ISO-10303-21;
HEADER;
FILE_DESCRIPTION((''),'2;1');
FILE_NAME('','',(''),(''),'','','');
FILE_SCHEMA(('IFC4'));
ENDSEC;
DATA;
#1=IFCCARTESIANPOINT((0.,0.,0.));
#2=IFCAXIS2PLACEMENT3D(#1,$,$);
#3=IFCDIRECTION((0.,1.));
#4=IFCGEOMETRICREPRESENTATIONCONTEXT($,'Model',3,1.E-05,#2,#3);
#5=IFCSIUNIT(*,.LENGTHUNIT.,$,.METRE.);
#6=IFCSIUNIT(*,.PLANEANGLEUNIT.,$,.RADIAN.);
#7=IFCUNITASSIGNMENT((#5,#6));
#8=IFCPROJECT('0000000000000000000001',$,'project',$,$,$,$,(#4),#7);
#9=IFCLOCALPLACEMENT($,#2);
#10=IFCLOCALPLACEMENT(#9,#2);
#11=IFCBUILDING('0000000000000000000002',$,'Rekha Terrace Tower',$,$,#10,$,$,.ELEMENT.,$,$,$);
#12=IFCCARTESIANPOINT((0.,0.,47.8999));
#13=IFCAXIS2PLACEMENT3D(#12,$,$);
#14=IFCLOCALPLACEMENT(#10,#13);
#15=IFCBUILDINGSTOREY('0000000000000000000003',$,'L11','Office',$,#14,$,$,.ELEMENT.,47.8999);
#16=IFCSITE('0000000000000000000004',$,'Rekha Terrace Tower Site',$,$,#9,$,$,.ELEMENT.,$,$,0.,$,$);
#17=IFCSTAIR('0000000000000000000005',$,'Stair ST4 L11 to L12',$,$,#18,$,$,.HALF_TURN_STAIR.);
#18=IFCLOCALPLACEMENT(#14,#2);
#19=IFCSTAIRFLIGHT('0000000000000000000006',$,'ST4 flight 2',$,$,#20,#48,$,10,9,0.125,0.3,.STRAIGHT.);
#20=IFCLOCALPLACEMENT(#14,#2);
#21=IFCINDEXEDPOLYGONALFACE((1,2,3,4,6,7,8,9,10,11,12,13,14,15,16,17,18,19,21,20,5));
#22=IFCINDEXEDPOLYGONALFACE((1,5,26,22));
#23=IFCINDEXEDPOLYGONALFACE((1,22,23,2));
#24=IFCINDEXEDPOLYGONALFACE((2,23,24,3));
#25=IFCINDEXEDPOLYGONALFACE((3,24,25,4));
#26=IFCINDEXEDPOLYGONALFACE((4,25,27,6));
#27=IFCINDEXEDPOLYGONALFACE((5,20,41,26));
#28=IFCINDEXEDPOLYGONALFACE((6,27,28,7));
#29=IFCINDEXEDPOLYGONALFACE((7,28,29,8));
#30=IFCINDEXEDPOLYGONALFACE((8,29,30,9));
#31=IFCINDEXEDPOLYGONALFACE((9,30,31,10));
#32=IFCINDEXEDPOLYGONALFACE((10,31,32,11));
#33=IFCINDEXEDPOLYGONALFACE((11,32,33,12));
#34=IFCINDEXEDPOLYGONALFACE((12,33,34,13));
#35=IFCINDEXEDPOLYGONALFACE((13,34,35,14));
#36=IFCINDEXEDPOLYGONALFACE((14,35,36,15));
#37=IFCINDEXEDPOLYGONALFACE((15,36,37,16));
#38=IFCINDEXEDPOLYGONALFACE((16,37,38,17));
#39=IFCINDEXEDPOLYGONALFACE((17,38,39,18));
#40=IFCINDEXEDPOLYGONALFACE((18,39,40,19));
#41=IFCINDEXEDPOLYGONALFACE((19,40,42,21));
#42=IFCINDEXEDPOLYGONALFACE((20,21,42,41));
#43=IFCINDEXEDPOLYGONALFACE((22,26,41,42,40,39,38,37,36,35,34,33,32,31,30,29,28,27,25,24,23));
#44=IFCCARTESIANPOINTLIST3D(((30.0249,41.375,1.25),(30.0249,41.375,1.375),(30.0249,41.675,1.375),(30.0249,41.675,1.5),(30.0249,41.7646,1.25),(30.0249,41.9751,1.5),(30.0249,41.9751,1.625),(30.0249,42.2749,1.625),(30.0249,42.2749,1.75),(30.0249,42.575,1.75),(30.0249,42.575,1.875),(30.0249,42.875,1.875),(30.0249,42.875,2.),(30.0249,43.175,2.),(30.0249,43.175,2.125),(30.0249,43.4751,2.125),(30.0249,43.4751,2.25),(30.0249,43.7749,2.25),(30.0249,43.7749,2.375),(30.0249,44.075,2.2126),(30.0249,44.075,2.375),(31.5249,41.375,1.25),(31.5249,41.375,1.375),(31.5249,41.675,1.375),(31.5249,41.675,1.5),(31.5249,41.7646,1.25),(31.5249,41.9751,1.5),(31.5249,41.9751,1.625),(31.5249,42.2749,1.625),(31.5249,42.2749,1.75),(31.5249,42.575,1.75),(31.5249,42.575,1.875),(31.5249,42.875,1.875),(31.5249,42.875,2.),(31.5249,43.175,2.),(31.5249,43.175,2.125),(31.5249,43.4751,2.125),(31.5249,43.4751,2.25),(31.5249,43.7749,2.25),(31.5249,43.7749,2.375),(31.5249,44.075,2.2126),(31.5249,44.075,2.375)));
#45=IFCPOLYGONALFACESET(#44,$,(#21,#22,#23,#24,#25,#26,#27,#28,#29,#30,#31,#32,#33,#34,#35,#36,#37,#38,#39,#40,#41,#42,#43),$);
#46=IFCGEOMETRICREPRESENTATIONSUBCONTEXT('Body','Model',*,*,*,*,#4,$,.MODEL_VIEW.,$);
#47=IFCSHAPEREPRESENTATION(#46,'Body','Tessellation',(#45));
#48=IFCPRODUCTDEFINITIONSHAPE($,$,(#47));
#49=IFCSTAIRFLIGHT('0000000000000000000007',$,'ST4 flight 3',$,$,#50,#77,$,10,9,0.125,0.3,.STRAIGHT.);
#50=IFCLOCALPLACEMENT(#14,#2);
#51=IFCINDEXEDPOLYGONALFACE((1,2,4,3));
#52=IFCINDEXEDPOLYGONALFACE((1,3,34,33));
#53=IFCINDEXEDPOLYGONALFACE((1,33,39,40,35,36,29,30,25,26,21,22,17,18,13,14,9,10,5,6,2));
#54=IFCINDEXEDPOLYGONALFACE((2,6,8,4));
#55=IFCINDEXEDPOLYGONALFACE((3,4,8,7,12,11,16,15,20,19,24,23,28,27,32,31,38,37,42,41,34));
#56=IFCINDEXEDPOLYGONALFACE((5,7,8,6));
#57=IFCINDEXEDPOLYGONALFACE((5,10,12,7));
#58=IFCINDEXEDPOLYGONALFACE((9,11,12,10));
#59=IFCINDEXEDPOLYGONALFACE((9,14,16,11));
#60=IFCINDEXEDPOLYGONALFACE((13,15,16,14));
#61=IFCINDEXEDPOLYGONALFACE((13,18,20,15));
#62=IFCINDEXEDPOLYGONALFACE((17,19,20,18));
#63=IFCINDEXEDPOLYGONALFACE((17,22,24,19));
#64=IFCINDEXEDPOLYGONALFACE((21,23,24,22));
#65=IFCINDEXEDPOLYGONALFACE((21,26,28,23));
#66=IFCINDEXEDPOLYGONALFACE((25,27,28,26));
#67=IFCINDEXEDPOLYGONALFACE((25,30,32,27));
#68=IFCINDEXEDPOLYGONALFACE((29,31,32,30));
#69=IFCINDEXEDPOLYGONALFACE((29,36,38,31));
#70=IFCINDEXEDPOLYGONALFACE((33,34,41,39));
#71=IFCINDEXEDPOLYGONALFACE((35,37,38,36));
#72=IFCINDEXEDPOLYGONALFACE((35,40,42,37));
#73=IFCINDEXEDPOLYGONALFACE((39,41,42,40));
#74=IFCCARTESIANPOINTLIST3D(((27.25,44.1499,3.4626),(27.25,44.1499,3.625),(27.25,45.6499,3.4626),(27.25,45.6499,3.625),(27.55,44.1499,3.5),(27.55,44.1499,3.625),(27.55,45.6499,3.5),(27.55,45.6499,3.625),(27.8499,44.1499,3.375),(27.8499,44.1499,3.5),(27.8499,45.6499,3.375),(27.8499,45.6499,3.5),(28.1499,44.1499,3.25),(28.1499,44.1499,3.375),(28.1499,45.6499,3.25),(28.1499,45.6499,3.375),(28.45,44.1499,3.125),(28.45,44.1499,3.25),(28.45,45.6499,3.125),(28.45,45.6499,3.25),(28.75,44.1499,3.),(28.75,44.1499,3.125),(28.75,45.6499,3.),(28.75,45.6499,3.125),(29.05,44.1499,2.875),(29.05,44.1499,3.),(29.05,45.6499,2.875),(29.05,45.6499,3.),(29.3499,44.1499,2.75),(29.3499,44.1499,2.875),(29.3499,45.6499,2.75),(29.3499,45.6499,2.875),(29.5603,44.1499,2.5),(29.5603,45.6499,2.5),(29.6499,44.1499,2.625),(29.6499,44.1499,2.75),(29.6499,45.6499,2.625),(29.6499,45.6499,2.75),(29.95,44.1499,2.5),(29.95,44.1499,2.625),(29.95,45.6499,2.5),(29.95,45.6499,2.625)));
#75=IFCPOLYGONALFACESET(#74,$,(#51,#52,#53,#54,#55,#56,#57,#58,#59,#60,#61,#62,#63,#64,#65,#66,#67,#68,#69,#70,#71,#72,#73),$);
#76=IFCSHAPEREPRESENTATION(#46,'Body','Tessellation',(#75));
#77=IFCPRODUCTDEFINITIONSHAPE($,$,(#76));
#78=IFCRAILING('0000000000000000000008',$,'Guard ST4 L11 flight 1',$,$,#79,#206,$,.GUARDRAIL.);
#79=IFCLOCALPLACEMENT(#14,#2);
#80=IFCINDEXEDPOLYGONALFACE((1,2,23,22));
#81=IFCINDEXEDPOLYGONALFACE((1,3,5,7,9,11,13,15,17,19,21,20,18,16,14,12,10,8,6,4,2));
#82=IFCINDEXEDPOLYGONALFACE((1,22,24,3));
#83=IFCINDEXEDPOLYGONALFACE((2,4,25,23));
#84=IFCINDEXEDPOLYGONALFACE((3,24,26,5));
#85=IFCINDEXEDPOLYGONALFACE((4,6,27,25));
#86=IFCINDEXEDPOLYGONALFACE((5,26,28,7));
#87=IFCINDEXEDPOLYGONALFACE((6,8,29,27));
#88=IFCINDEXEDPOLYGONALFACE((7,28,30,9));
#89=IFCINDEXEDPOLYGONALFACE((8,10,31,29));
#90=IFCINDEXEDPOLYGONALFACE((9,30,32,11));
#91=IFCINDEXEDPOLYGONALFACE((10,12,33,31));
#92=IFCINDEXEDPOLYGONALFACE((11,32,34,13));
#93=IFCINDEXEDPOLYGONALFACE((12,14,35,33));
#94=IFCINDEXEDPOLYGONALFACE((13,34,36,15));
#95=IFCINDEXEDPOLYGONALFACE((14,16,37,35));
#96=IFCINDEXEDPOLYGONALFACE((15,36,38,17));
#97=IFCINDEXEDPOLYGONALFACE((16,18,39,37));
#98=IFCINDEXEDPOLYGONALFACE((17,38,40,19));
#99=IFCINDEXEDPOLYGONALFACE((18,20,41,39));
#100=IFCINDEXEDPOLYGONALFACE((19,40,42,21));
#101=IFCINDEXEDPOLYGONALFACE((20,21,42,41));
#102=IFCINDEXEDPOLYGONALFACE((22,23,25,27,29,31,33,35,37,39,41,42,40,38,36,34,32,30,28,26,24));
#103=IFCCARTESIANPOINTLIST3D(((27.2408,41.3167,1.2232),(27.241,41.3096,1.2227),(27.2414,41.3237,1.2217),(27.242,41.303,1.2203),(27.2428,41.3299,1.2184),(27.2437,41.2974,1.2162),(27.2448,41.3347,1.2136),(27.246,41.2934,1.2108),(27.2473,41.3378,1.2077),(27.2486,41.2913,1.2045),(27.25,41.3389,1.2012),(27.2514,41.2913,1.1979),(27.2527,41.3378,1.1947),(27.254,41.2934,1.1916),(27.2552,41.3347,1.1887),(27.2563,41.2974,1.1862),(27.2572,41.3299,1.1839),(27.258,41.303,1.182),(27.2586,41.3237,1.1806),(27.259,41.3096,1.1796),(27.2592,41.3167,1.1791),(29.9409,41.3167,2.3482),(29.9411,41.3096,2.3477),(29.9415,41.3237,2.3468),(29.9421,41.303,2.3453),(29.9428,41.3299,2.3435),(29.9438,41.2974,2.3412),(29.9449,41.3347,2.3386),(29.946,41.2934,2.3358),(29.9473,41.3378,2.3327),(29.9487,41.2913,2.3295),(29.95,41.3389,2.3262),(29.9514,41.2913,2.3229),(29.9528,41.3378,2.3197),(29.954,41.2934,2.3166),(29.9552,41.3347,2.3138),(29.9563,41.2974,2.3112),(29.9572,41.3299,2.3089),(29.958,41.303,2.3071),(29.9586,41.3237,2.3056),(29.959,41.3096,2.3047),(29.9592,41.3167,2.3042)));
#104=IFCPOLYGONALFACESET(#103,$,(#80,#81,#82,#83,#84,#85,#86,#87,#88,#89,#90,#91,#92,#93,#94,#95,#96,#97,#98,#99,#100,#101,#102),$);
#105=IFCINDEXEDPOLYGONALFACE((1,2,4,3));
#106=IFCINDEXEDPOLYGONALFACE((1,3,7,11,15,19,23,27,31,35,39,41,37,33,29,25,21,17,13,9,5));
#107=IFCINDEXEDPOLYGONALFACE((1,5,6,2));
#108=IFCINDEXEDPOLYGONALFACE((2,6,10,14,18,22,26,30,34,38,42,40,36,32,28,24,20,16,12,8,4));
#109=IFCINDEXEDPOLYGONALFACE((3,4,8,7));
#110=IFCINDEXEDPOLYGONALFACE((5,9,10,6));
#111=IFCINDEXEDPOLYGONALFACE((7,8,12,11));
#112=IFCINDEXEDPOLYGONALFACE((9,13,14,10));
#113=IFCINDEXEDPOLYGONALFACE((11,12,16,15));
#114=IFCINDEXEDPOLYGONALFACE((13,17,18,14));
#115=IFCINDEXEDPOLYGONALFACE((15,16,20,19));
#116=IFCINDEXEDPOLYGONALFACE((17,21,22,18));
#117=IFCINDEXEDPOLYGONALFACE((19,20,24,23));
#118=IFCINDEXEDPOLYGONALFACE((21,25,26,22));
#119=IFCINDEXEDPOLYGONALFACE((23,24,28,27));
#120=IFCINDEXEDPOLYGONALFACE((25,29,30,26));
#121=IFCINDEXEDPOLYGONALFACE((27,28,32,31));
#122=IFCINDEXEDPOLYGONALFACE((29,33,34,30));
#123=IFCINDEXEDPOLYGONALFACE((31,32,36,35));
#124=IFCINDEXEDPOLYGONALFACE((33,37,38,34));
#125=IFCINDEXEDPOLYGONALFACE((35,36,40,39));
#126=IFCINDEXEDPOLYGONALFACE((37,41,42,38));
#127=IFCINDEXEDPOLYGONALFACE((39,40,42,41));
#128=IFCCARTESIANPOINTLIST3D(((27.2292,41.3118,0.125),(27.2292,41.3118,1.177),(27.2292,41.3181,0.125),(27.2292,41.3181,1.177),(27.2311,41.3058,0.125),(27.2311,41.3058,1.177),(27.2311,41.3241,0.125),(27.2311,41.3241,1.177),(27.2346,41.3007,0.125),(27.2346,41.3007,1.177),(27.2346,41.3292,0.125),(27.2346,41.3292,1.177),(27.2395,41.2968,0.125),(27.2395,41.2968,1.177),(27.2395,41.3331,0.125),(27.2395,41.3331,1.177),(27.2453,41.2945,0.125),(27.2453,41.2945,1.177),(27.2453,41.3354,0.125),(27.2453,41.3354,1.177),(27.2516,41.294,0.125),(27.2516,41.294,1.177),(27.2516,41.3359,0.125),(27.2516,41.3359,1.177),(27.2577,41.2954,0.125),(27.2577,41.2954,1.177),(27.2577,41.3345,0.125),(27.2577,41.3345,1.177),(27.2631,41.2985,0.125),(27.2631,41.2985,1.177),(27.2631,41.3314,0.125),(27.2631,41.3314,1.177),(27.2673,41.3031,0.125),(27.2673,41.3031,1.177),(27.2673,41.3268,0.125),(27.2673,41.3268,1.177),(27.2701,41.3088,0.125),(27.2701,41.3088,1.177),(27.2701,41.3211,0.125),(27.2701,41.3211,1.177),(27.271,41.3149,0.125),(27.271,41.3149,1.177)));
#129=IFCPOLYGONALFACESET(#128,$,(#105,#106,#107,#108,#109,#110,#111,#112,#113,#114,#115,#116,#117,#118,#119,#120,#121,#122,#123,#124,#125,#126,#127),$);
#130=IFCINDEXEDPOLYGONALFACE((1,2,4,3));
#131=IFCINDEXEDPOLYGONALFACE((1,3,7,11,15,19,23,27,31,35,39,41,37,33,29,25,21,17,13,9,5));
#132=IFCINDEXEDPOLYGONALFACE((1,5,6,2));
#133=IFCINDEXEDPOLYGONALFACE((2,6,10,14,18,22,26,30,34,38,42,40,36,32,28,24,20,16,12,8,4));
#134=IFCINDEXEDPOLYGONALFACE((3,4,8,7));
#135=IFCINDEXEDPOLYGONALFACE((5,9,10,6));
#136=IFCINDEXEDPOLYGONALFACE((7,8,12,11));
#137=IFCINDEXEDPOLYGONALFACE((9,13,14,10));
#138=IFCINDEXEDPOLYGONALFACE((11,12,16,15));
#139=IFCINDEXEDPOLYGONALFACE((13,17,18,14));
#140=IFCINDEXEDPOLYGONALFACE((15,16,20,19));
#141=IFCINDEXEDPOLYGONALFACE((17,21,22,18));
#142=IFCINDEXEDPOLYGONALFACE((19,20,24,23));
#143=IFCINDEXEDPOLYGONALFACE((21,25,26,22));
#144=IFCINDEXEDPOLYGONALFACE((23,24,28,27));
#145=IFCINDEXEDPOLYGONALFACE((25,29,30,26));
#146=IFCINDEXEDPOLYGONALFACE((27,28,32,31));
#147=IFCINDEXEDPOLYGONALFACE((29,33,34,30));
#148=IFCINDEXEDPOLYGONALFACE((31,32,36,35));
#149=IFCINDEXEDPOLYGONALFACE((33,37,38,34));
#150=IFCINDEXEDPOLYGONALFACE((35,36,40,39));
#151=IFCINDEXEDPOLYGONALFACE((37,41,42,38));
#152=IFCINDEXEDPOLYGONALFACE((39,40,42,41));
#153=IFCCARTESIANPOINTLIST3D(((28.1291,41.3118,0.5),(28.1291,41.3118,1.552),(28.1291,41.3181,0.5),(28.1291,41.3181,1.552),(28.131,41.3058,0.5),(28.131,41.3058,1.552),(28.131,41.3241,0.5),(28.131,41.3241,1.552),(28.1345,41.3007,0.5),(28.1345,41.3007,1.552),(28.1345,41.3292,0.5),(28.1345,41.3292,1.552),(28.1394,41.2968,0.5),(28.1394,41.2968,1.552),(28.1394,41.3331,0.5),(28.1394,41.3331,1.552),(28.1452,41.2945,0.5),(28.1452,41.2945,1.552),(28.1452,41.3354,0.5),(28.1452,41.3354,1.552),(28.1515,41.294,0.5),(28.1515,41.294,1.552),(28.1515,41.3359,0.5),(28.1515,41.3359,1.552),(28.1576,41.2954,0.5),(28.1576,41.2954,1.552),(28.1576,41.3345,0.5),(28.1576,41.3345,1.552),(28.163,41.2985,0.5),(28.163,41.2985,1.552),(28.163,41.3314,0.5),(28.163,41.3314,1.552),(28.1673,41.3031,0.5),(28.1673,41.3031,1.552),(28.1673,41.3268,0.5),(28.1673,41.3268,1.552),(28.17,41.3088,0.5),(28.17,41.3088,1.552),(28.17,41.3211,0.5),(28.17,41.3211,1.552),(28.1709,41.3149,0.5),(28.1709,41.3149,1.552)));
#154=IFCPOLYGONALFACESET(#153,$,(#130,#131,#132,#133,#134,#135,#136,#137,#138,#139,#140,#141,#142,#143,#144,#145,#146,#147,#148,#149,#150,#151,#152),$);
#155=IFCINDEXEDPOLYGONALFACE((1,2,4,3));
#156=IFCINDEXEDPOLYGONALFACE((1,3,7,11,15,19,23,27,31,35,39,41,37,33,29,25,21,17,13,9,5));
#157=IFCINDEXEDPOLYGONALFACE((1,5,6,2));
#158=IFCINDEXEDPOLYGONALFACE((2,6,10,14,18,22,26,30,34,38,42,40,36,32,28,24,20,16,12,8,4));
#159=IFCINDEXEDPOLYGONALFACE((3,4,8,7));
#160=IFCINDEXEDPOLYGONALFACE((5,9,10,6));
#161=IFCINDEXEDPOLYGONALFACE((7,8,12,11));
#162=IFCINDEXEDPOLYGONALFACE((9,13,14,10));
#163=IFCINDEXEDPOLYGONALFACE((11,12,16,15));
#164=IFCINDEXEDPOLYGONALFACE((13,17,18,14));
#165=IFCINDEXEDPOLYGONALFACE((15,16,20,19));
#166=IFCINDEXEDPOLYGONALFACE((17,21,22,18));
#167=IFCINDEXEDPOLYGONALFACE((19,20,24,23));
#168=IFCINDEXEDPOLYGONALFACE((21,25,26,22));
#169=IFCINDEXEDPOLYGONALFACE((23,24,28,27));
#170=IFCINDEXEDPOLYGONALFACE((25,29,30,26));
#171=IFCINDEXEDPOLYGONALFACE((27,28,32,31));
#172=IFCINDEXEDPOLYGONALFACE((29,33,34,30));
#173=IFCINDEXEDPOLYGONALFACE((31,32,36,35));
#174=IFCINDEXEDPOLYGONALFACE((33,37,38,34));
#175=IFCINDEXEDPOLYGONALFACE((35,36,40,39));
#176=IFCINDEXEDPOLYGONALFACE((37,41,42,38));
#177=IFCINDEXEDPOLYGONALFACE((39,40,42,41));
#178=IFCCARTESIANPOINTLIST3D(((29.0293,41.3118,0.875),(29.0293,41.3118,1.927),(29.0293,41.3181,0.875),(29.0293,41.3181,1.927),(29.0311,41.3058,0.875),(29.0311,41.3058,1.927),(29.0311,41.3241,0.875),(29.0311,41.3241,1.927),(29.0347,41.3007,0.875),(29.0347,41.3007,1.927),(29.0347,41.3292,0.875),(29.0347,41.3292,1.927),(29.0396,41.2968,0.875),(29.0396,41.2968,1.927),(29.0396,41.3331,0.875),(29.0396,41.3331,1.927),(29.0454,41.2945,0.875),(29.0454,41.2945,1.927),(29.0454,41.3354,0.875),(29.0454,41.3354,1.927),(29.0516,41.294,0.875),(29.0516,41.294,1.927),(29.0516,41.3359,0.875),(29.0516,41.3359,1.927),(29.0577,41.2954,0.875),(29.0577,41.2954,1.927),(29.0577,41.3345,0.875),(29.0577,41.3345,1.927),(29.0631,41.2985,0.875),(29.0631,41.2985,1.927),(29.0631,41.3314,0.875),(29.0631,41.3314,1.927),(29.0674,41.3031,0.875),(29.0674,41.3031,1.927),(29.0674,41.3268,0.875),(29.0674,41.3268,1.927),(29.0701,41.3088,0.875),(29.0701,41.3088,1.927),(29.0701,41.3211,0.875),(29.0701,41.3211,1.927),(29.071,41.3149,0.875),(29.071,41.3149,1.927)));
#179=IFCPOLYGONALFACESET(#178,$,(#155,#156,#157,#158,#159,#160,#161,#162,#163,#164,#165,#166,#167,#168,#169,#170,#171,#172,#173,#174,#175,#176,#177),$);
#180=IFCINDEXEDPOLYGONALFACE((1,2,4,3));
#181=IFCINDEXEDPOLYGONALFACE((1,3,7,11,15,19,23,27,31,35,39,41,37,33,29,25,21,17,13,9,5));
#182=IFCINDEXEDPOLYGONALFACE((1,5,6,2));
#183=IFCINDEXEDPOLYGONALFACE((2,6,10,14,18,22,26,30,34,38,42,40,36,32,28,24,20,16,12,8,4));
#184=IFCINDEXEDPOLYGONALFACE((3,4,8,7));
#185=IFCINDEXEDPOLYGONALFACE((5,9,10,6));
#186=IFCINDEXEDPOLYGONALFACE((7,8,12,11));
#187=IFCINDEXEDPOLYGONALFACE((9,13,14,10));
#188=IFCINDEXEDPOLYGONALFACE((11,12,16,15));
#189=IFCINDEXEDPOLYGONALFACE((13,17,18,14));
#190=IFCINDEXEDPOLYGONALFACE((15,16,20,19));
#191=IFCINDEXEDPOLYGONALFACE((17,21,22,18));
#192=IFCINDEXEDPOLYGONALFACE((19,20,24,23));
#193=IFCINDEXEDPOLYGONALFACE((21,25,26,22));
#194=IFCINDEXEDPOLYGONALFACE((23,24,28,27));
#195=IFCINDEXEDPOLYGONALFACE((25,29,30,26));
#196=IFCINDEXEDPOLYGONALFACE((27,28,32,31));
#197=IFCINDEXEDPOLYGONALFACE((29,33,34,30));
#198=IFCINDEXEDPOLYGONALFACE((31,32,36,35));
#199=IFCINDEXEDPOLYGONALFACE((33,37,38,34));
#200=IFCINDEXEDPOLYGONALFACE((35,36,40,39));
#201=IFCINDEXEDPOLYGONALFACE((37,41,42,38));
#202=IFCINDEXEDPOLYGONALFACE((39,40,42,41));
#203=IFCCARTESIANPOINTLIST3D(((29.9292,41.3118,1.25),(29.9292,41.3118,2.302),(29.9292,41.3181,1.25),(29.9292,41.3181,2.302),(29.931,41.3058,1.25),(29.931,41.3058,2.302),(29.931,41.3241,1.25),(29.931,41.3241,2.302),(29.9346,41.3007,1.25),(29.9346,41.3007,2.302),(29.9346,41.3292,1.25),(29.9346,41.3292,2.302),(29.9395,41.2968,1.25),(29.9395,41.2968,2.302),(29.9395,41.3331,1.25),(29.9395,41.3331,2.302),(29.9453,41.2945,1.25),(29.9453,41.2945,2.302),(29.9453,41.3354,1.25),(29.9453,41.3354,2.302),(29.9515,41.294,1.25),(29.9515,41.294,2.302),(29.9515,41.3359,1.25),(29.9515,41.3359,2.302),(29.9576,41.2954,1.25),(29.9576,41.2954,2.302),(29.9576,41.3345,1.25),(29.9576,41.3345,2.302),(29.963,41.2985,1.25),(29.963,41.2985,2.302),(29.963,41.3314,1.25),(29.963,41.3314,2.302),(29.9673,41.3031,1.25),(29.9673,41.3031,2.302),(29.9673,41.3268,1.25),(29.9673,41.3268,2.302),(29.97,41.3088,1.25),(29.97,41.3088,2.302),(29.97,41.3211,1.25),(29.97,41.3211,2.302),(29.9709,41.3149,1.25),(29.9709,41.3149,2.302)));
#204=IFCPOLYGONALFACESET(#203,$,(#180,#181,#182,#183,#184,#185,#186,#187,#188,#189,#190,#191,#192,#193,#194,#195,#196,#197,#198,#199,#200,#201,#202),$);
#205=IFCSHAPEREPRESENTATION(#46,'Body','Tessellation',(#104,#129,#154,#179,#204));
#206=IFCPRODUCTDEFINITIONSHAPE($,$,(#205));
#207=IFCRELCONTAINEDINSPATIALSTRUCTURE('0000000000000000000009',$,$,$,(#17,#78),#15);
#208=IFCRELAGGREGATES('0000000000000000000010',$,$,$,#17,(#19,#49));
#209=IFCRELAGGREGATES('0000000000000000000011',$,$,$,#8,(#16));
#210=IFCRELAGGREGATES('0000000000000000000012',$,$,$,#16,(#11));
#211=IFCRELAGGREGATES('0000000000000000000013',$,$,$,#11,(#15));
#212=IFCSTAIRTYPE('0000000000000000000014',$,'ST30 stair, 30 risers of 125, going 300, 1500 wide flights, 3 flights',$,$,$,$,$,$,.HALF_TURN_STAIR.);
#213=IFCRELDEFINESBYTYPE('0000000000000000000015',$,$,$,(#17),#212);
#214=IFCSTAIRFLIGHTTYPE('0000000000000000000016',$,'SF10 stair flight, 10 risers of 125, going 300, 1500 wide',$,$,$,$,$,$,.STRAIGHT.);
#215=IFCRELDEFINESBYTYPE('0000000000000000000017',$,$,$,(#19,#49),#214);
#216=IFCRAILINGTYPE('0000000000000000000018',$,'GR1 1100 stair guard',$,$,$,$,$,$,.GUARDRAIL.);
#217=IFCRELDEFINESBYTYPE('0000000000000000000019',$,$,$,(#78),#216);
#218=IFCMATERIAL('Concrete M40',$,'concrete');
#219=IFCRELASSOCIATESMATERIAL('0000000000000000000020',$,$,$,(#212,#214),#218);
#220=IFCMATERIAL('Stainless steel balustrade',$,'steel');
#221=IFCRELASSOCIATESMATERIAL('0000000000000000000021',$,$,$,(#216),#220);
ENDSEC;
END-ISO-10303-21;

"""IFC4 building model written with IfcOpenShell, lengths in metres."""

from ifc_helpers import new_model, si_unit, direction, frame, origin, origin_2d, place, context, subcontext, project, spatial, polyline, circle, outline, extrude, material, type_object, element, aggregate, save


model = new_model("IFC4")

# Units and contexts
model_context = context("Model", 3, precision=1e-05, world=origin(), true_north=direction((0.0, 1.0)))
body_context = subcontext(model_context, "Body", "Model", "MODEL_VIEW")
ifc_project = project(units=[si_unit("LENGTHUNIT", "METRE"), si_unit("PLANEANGLEUNIT", "RADIAN")], contexts=[model_context])

# Site, building, storey
site_placement = place(None, origin())
site = spatial("IfcSite", under=ifc_project, at=site_placement, Name="Rekha Terrace Tower Site", CompositionType="ELEMENT", RefElevation=0.0)
building_placement = place(site_placement, origin())
building = spatial("IfcBuilding", under=site, at=building_placement, Name="Rekha Terrace Tower", CompositionType="ELEMENT")
storey_placement = place(building_placement, frame((0.0, 0.0, 47.8999)))
storey = spatial("IfcBuildingStorey", under=building, at=storey_placement, Name="L11", Description="Office", CompositionType="ELEMENT", Elevation=47.8999)

# Stair, stair flights
ifc_material_1 = material(Name="Concrete M40", Category="concrete")
stair_type = type_object("IfcStairType", Name="ST30 stair, 30 risers of 125, going 300, 1500 wide flights, 3 flights", PredefinedType="HALF_TURN_STAIR", material=ifc_material_1)
stair_placement = place(storey_placement, origin())
stair = element("IfcStair", 1, at=stair_placement, inside=storey, type_object=stair_type, Name="Stair ST4 L11 to L12", PredefinedType="HALF_TURN_STAIR")
stair_flight_type = type_object("IfcStairFlightType", Name="SF10 stair flight, 10 risers of 125, going 300, 1500 wide", PredefinedType="STRAIGHT", material=ifc_material_1)
stair_flight_1_placement = place(storey_placement, frame((30.7749, 41.375, 1.25), z_axis=(0.0, 0.0, 1.0), x_axis=(0.0, 1.0, 0.0)))
stair_flight_1 = element("IfcStairFlight", 2, at=stair_flight_1_placement, type_object=stair_flight_type, Name="ST4 flight 2", NumberOfRisers=10, NumberOfTreads=9, PredefinedType="STRAIGHT", RiserHeight=0.125, TreadLength=0.3, context=body_context, shape_type="SweptSolid", body=[
    extrude(outline(polyline([(0.0, 0.0), (0.0, 0.125), (0.3, 0.125), (0.3, 0.25), (0.6001, 0.25), (0.6001, 0.375), (0.8999, 0.375), (0.8999, 0.5), (1.2, 0.5), (1.2, 0.625), (1.5, 0.625), (1.5, 0.75), (1.8, 0.75), (1.8, 0.875), (2.1001, 0.875), (2.1001, 1.0), (2.3999, 1.0), (2.3999, 1.125), (2.7, 1.125), (2.7, 1.25), (2.7, 0.9626), (0.3896, 0.0), (0.0, 0.0)])), frame((0.0, 0.75, 0.0), z_axis=(0.0, -1.0, 0.0), x_axis=(1.0, 0.0, 0.0)), (0.0, 0.0, 1.0), 1.5),
])
stair_flight_2_placement = place(storey_placement, frame((29.95, 44.8999, 2.5), z_axis=(0.0, 0.0, 1.0), x_axis=(-1.0, 0.0, 0.0)))
stair_flight_2 = element("IfcStairFlight", 3, at=stair_flight_2_placement, type_object=stair_flight_type, Name="ST4 flight 3", NumberOfRisers=10, NumberOfTreads=9, PredefinedType="STRAIGHT", RiserHeight=0.125, TreadLength=0.3, context=body_context, shape_type="SweptSolid", body=[
    extrude(outline(polyline([(0.0, 0.0), (0.0, 0.125), (0.3, 0.125), (0.3, 0.25), (0.6001, 0.25), (0.6001, 0.375), (0.8999, 0.375), (0.8999, 0.5), (1.2, 0.5), (1.2, 0.625), (1.5, 0.625), (1.5, 0.75), (1.8, 0.75), (1.8, 0.875), (2.1001, 0.875), (2.1001, 1.0), (2.3999, 1.0), (2.3999, 1.125), (2.7, 1.125), (2.7, 1.25), (2.7, 0.9626), (0.3896, 0.0), (0.0, 0.0)])), frame((0.0, 0.75, 0.0), z_axis=(0.0, -1.0, 0.0), x_axis=(1.0, 0.0, 0.0)), (0.0, 0.0, 1.0), 1.5),
])
aggregate(stair, [stair_flight_1, stair_flight_2])

# Railing
ifc_material_2 = material(Name="Stainless steel balustrade", Category="steel")
railing_type_1 = type_object("IfcRailingType", Name="GR1 1100 stair guard", PredefinedType="GUARDRAIL", material=ifc_material_2)
railing_1_placement = place(storey_placement, frame((27.25, 41.3149, 0.125)))
element("IfcRailing", 4, at=railing_1_placement, inside=storey, type_object=railing_type_1, Name="Guard ST4 L11 flight 1", PredefinedType="GUARDRAIL", context=body_context, shape_type="SweptSolid", body=[
    extrude(circle(Radius=0.0239, at=origin_2d()), frame((0.0, 0.0, 1.0762), z_axis=(0.923074, 0.0, 0.384621), x_axis=(0.0, 1.0, 0.0)), (0.0, 0.0, 1.0), 2.925),
    extrude(circle(Radius=0.021, at=origin_2d()), origin(), (0.0, 0.0, 1.0), 1.052),
    extrude(circle(Radius=0.021, at=origin_2d()), frame((0.8999, 0.0, 0.375)), (0.0, 0.0, 1.0), 1.052),
    extrude(circle(Radius=0.021, at=origin_2d()), frame((1.8, 0.0, 0.75)), (0.0, 0.0, 1.0), 1.052),
    extrude(circle(Radius=0.021, at=origin_2d()), frame((2.7, 0.0, 1.125)), (0.0, 0.0, 1.0), 1.052),
])

save(model, "model.ifc")
